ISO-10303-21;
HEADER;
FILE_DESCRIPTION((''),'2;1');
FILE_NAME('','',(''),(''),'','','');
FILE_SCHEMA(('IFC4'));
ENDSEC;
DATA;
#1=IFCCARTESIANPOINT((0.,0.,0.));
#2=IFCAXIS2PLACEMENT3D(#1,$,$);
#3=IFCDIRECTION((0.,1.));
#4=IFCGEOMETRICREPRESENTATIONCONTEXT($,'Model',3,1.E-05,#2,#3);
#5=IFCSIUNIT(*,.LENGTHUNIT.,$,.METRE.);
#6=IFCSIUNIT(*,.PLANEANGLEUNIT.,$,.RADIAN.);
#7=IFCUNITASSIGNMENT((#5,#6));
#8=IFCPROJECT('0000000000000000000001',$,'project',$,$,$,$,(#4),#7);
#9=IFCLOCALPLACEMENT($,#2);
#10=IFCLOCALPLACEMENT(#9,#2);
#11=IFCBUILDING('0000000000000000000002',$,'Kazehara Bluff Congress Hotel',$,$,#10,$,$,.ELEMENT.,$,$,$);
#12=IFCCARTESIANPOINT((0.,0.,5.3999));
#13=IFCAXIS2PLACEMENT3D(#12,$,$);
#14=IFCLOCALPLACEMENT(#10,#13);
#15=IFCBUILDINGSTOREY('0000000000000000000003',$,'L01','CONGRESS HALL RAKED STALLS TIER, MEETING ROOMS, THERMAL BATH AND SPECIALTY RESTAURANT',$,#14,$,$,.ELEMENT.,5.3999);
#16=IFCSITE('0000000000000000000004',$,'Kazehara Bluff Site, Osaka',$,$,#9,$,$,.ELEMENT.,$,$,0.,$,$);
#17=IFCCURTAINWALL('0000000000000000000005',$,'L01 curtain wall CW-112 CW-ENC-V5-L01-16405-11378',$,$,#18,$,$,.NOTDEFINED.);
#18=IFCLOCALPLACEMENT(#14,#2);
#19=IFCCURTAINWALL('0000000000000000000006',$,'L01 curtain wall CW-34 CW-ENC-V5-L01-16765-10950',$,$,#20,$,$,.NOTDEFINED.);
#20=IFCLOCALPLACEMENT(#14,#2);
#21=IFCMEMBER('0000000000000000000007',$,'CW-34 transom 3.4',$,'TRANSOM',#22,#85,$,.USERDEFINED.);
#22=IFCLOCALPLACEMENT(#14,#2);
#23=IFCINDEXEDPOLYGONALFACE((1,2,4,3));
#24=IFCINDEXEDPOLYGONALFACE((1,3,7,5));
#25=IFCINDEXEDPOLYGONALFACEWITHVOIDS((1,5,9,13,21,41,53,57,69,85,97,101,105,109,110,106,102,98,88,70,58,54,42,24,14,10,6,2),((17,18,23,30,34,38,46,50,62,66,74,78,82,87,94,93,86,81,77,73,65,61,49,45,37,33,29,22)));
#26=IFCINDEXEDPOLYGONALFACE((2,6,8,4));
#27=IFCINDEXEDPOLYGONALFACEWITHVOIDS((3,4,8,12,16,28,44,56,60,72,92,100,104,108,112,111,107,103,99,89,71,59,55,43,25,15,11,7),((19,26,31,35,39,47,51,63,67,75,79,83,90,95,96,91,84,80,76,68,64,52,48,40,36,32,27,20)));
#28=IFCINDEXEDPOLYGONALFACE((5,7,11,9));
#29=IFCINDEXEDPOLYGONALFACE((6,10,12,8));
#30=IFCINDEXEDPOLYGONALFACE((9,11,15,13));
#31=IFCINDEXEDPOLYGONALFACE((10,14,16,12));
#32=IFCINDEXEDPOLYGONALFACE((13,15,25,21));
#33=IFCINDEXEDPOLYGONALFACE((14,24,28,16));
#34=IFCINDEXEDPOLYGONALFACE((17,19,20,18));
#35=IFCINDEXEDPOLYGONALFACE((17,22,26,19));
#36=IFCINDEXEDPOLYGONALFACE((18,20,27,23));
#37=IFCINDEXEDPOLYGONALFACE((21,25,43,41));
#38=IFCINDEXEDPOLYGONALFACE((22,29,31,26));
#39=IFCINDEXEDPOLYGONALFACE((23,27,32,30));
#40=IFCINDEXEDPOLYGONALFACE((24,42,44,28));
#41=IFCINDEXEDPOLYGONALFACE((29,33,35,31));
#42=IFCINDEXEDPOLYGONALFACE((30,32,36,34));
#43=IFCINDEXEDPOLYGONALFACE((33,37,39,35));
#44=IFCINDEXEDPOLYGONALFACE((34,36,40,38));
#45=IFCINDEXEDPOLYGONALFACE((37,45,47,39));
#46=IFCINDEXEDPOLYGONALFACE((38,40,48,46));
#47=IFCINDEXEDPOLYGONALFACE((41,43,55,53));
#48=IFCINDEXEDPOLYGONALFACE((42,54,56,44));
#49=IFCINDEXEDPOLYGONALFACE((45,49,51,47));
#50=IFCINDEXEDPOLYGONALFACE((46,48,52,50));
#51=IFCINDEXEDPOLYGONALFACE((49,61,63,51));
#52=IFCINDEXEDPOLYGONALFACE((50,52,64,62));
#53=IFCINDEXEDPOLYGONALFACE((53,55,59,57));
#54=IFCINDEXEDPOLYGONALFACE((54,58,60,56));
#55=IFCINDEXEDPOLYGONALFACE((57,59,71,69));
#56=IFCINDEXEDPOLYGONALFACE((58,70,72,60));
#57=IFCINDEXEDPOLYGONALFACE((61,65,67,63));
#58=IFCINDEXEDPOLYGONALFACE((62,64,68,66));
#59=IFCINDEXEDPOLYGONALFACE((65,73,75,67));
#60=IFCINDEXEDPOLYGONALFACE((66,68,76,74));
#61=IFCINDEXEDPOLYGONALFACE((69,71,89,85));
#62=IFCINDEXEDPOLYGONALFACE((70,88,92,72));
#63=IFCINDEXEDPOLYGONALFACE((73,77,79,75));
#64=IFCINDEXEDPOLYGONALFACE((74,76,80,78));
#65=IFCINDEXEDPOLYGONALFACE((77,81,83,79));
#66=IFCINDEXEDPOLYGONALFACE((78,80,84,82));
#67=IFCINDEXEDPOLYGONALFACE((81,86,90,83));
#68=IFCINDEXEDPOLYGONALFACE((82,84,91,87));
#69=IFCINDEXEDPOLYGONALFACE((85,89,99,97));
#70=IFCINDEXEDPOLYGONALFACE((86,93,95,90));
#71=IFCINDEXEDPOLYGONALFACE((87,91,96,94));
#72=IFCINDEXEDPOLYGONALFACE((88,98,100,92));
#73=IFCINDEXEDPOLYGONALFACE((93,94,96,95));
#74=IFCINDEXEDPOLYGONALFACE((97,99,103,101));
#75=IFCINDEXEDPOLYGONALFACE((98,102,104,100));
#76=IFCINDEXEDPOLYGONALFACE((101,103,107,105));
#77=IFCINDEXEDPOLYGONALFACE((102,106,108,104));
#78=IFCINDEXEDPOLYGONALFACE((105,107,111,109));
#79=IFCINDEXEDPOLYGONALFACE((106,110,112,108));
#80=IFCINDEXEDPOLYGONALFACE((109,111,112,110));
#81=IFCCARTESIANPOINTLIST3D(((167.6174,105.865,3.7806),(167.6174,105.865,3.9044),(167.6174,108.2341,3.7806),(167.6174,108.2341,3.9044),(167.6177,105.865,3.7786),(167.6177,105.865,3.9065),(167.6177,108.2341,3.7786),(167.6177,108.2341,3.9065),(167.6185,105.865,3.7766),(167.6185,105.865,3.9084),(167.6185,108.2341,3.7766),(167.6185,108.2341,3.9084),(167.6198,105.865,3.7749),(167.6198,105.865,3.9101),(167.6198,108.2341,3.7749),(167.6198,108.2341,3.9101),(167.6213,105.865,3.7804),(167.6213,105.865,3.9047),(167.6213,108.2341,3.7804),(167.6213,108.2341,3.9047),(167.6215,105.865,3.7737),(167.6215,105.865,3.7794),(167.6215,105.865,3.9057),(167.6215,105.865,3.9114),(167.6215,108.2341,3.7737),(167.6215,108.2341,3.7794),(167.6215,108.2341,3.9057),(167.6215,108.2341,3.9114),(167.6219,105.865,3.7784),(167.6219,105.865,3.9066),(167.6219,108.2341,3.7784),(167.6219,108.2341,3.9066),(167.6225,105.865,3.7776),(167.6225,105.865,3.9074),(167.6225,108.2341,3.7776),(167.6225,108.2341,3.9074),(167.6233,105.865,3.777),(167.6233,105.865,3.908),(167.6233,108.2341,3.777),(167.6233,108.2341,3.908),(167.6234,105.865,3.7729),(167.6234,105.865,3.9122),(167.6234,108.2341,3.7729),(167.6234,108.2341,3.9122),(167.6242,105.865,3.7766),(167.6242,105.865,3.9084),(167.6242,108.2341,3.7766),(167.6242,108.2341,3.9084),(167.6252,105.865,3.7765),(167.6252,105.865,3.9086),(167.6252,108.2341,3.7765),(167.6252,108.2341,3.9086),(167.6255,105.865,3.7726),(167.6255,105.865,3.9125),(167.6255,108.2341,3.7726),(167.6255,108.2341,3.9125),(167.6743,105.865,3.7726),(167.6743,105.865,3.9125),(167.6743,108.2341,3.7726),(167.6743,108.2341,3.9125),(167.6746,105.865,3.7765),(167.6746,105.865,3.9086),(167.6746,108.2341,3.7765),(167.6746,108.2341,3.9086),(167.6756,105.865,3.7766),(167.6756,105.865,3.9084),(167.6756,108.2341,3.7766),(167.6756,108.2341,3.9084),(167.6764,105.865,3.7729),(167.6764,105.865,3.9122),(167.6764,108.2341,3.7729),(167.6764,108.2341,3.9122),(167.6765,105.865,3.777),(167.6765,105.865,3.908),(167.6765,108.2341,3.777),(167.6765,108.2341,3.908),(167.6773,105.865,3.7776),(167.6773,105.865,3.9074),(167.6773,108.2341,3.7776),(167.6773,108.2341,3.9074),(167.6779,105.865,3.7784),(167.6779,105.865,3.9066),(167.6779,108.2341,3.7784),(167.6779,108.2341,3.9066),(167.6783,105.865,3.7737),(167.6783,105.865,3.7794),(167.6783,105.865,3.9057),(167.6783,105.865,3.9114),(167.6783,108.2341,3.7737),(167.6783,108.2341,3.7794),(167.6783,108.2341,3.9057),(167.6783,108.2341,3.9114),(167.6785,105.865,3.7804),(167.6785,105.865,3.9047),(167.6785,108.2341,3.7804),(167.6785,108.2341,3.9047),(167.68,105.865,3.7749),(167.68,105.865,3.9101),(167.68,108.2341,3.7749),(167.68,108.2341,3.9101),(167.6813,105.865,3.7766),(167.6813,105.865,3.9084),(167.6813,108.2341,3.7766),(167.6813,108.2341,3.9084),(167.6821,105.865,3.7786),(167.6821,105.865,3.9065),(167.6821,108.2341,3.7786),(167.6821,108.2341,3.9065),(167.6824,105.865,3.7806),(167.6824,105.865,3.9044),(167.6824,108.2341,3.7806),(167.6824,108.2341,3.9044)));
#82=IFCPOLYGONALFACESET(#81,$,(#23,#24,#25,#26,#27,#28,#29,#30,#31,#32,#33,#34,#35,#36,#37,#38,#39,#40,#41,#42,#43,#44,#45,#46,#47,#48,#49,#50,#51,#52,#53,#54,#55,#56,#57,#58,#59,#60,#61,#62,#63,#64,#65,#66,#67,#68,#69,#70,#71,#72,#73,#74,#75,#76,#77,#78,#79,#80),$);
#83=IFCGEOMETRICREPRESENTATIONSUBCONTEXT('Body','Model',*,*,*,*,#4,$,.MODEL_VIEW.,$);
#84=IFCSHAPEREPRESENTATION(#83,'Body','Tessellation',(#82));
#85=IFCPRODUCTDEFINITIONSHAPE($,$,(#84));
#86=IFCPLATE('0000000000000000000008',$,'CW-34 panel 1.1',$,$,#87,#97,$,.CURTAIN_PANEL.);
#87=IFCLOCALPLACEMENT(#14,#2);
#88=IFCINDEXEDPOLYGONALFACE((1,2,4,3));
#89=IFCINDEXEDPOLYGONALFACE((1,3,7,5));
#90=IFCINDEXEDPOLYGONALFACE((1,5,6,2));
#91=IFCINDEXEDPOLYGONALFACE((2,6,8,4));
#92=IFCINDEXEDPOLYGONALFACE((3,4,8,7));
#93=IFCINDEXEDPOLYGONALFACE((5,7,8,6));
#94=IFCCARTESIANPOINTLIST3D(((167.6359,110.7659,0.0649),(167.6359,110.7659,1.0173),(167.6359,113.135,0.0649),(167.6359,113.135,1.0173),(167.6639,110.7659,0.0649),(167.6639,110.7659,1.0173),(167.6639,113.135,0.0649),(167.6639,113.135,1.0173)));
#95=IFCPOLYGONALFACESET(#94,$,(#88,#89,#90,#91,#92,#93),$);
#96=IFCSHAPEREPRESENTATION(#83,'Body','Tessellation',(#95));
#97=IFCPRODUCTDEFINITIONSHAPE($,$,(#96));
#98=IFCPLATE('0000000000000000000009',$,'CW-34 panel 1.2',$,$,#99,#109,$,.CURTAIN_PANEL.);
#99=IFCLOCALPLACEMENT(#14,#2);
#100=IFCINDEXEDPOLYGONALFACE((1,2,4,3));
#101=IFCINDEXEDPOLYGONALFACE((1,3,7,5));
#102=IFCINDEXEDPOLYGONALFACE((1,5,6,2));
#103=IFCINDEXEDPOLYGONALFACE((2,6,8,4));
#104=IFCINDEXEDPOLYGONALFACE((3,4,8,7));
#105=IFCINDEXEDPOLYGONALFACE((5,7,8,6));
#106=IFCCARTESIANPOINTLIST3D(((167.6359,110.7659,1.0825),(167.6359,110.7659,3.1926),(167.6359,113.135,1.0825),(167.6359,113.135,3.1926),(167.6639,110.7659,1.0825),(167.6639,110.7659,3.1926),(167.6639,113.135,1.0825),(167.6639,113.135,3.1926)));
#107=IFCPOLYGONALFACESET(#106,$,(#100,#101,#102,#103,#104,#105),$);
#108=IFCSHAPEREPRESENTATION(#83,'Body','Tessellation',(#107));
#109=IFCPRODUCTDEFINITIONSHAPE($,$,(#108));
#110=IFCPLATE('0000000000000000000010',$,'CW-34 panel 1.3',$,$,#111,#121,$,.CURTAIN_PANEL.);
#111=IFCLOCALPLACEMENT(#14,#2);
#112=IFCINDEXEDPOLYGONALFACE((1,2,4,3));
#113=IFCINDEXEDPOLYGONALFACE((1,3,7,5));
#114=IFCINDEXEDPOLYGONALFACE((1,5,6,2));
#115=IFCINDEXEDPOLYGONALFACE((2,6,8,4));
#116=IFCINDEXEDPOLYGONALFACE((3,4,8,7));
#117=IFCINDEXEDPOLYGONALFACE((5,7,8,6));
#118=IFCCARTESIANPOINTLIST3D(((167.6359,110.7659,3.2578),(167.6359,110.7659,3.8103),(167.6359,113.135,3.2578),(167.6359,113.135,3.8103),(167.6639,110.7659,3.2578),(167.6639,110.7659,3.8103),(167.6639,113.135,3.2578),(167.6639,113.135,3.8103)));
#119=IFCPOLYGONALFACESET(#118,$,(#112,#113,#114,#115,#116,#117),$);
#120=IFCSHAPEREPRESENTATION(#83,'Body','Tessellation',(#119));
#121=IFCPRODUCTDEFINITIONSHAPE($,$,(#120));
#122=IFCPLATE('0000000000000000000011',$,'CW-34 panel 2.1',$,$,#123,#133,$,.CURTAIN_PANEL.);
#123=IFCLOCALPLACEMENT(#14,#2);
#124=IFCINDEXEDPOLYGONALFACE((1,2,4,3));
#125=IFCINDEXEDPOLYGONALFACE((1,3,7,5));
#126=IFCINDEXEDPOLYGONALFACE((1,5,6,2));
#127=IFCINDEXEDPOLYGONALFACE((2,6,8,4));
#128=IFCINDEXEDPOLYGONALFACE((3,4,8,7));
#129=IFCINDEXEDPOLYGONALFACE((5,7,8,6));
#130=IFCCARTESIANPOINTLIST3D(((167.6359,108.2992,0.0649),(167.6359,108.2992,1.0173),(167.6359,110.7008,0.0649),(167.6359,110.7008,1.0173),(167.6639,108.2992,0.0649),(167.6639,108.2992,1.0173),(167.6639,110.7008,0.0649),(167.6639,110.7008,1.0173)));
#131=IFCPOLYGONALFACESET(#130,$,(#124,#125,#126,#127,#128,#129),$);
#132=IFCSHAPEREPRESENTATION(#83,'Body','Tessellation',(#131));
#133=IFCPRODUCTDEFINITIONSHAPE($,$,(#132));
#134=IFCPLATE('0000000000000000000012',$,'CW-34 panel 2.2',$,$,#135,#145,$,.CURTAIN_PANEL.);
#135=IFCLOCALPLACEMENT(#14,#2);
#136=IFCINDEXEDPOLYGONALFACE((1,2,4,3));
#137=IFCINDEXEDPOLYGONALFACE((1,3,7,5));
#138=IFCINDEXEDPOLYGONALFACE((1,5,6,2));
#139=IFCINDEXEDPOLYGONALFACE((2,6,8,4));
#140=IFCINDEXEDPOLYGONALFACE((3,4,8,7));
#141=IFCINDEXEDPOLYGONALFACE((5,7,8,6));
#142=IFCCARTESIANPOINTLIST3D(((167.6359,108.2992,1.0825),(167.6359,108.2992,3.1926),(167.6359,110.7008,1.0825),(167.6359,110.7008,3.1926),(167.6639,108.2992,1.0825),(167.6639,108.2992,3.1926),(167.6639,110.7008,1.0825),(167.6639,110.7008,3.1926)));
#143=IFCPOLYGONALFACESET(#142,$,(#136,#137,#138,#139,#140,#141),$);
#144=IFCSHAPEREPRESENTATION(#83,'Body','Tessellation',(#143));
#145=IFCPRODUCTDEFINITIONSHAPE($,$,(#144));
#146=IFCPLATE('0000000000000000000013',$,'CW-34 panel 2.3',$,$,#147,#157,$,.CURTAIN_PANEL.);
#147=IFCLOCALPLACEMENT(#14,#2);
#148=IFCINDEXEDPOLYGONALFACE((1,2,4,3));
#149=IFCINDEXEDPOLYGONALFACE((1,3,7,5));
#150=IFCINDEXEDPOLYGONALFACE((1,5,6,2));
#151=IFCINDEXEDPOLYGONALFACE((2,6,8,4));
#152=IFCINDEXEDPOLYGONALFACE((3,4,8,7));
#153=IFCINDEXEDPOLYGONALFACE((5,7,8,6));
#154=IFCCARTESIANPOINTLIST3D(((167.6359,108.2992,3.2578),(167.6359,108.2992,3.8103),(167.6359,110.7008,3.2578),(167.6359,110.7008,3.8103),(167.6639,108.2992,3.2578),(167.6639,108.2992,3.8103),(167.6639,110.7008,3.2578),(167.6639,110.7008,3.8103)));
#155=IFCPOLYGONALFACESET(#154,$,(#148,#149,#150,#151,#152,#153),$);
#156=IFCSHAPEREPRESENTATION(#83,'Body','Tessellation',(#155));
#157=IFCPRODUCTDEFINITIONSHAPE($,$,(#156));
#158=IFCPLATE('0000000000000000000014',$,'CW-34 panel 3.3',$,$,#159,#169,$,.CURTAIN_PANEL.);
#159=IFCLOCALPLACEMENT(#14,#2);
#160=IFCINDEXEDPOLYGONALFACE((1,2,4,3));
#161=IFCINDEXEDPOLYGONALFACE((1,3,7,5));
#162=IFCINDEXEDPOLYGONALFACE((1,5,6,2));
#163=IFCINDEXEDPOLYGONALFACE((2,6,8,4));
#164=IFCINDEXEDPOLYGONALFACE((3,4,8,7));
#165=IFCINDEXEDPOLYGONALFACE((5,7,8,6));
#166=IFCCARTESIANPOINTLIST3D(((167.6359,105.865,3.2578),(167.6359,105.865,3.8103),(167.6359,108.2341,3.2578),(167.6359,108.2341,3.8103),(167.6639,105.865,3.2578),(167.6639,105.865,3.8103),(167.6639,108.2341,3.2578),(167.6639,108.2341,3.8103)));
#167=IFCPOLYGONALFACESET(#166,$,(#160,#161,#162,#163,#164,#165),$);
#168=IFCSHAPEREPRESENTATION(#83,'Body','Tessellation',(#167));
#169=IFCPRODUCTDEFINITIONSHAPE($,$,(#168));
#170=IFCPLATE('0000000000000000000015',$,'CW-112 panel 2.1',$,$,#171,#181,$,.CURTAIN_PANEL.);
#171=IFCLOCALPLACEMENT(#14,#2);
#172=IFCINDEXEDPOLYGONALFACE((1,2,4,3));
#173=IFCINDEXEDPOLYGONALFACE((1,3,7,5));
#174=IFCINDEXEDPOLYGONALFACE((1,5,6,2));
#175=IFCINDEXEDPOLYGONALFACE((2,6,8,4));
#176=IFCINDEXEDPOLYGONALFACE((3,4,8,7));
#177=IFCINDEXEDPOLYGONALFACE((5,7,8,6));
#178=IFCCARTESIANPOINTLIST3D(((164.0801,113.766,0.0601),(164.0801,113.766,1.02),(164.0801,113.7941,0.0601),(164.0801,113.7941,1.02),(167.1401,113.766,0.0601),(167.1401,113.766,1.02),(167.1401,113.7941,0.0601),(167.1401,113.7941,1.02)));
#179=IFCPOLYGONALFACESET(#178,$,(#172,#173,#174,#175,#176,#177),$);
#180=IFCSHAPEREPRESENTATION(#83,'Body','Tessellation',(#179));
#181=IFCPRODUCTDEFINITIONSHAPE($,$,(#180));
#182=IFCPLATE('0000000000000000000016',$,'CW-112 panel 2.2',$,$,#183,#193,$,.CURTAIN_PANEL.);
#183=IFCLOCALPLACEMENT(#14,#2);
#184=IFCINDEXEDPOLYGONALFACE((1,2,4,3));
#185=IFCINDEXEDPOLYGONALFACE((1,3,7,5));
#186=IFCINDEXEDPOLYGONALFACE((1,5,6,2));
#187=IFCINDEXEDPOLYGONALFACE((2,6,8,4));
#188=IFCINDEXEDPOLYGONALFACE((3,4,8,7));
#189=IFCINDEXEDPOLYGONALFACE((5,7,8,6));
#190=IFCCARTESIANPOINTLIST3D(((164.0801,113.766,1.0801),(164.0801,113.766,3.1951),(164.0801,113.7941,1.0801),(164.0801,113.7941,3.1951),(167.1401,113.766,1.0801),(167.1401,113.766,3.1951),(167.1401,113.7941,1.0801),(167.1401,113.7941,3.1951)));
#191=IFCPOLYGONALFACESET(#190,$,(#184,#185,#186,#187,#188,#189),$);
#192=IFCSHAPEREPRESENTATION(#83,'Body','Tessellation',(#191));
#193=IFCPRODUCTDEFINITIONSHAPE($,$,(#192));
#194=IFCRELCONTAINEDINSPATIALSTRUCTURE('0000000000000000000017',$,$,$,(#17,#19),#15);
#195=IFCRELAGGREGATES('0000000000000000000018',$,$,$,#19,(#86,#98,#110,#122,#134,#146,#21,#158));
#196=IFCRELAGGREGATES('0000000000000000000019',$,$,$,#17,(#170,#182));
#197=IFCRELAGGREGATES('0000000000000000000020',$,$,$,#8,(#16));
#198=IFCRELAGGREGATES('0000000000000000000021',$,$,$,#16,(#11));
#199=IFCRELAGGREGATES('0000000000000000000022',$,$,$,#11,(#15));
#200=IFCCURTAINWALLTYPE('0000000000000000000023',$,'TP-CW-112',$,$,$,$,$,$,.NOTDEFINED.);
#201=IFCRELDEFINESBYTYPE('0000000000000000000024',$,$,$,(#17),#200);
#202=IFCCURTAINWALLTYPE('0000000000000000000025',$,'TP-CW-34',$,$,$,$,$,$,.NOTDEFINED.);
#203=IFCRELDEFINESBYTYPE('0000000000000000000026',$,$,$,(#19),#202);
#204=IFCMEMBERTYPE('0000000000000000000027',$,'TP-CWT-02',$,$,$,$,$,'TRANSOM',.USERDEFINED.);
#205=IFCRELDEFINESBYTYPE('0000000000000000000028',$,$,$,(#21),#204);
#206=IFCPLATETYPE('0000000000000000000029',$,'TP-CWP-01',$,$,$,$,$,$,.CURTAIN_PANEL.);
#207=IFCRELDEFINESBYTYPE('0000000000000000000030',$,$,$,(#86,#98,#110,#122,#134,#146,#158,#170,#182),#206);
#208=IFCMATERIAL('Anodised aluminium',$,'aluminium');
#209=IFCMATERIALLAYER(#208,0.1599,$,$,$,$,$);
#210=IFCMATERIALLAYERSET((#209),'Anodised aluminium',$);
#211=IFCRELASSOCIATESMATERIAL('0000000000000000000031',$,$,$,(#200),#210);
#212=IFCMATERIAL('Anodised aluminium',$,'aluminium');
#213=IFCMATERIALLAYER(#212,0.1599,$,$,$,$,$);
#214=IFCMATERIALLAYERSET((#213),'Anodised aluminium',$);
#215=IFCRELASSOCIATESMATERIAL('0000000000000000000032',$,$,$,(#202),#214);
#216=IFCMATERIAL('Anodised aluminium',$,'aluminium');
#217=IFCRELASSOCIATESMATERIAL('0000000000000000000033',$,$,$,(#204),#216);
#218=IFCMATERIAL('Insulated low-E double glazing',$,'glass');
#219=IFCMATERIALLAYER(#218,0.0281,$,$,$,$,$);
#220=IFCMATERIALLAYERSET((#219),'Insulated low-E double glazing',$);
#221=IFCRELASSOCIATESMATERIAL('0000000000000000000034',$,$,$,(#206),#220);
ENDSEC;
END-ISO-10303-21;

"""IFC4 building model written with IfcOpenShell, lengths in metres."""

from ifc_helpers import new_model, si_unit, direction, frame, origin, origin_2d, place, context, subcontext, project, spatial, rectangle, hollow_rectangle, extrude, material, layer, layer_set, material_profile, profile_set, type_object, element, aggregate, save


model = new_model("IFC4")

# Units and contexts
model_context = context("Model", 3, precision=1e-05, world=origin(), true_north=direction((0.0, 1.0)))
body_context = subcontext(model_context, "Body", "Model", "MODEL_VIEW")
ifc_project = project(units=[si_unit("LENGTHUNIT", "METRE"), si_unit("PLANEANGLEUNIT", "RADIAN")], contexts=[model_context])

# Site, building, storey
site_placement = place(None, origin())
site = spatial("IfcSite", under=ifc_project, at=site_placement, Name="Kazehara Bluff Site, Osaka", CompositionType="ELEMENT", RefElevation=0.0)
building_placement = place(site_placement, origin())
building = spatial("IfcBuilding", under=site, at=building_placement, Name="Kazehara Bluff Congress Hotel", CompositionType="ELEMENT")
storey_placement = place(building_placement, frame((0.0, 0.0, 5.3999)))
storey = spatial("IfcBuildingStorey", under=building, at=storey_placement, Name="L01", Description="CONGRESS HALL RAKED STALLS TIER, MEETING ROOMS, THERMAL BATH AND SPECIALTY RESTAURANT", CompositionType="ELEMENT", Elevation=5.3999)

# Curtain wall
ifc_material_1 = material(Name="Anodised aluminium", Category="aluminium")
ifc_layer_1 = layer(ifc_material_1, 0.1599)
ifc_layer_set_1 = layer_set([ifc_layer_1], Name="Anodised aluminium")
curtain_wall_type_1 = type_object("IfcCurtainWallType", Name="TP-CW-112", PredefinedType="NOTDEFINED", material=ifc_layer_set_1)
curtain_wall_1_placement = place(storey_placement, origin())
curtain_wall_1 = element("IfcCurtainWall", 1, at=curtain_wall_1_placement, inside=storey, type_object=curtain_wall_type_1, Name="L01 curtain wall CW-112 CW-ENC-V5-L01-16405-11378", PredefinedType="NOTDEFINED")

# Curtain wall
ifc_material_2 = material(Name="Anodised aluminium", Category="aluminium")
ifc_layer_2 = layer(ifc_material_2, 0.1599)
ifc_layer_set_2 = layer_set([ifc_layer_2], Name="Anodised aluminium")
curtain_wall_type_2 = type_object("IfcCurtainWallType", Name="TP-CW-34", PredefinedType="NOTDEFINED", material=ifc_layer_set_2)
curtain_wall_2_placement = place(storey_placement, origin())
curtain_wall_2 = element("IfcCurtainWall", 2, at=curtain_wall_2_placement, inside=storey, type_object=curtain_wall_type_2, Name="L01 curtain wall CW-34 CW-ENC-V5-L01-16765-10950", PredefinedType="NOTDEFINED")

# Member
ifc_material_3 = material(Name="Anodised aluminium", Category="aluminium")
ifc_material_profile_1 = material_profile(ifc_material_3, hollow_rectangle(XDim=0.0649, YDim=0.1399, WallThickness=0.0039, InnerFilletRadius=0.0039, OuterFilletRadius=0.0081, at=origin_2d()))
ifc_profile_set_1 = profile_set([ifc_material_profile_1], Name="Anodised aluminium")
member_type_1 = type_object("IfcMemberType", Name="TP-CWT-02", ElementType="TRANSOM", PredefinedType="USERDEFINED", material=ifc_profile_set_1)
member_1_placement = place(storey_placement, frame((167.6499, 108.2341, 3.8425), z_axis=(0.0, -1.0, 0.0), x_axis=(1.0, 0.0, 0.0)))
member_1 = element("IfcMember", 3, at=member_1_placement, type_object=member_type_1, Name="CW-34 transom 3.4", ObjectType="TRANSOM", PredefinedType="USERDEFINED", context=body_context, shape_type="SweptSolid", body=[
    extrude(hollow_rectangle(XDim=0.0649, YDim=0.1399, WallThickness=0.0039, InnerFilletRadius=0.0039, OuterFilletRadius=0.0081, at=origin_2d()), origin(), (0.0, 0.0, 1.0), 2.3691),
])

# Plates
ifc_material_4 = material(Name="Insulated low-E double glazing", Category="glass")
ifc_layer_3 = layer(ifc_material_4, 0.0281)
ifc_layer_set_3 = layer_set([ifc_layer_3], Name="Insulated low-E double glazing")
plate_type = type_object("IfcPlateType", Name="TP-CWP-01", PredefinedType="CURTAIN_PANEL", material=ifc_layer_set_3)
plate_1_placement = place(storey_placement, frame((167.6499, 111.9504, 0.0649), z_axis=(0.0, 0.0, 1.0), x_axis=(0.0, -1.0, 0.0)))
plate_1 = element("IfcPlate", 4, at=plate_1_placement, type_object=plate_type, Name="CW-34 panel 1.1", PredefinedType="CURTAIN_PANEL", context=body_context, shape_type="SweptSolid", body=[
    extrude(rectangle(XDim=2.3691, YDim=0.0281, at=origin_2d()), origin(), (0.0, 0.0, 1.0), 0.9524),
])
plate_2_placement = place(storey_placement, frame((167.6499, 111.9504, 1.0825), z_axis=(0.0, 0.0, 1.0), x_axis=(0.0, -1.0, 0.0)))
plate_2 = element("IfcPlate", 5, at=plate_2_placement, type_object=plate_type, Name="CW-34 panel 1.2", PredefinedType="CURTAIN_PANEL", context=body_context, shape_type="SweptSolid", body=[
    extrude(rectangle(XDim=2.3691, YDim=0.0281, at=origin_2d()), origin(), (0.0, 0.0, 1.0), 2.1101),
])
plate_3_placement = place(storey_placement, frame((167.6499, 111.9504, 3.2578), z_axis=(0.0, 0.0, 1.0), x_axis=(0.0, -1.0, 0.0)))
plate_3 = element("IfcPlate", 6, at=plate_3_placement, type_object=plate_type, Name="CW-34 panel 1.3", PredefinedType="CURTAIN_PANEL", context=body_context, shape_type="SweptSolid", body=[
    extrude(rectangle(XDim=2.3691, YDim=0.0281, at=origin_2d()), origin(), (0.0, 0.0, 1.0), 0.5525),
])
plate_4_placement = place(storey_placement, frame((167.6499, 109.5, 0.0649), z_axis=(0.0, 0.0, 1.0), x_axis=(0.0, -1.0, 0.0)))
plate_4 = element("IfcPlate", 7, at=plate_4_placement, type_object=plate_type, Name="CW-34 panel 2.1", PredefinedType="CURTAIN_PANEL", context=body_context, shape_type="SweptSolid", body=[
    extrude(rectangle(XDim=2.4016, YDim=0.0281, at=origin_2d()), origin(), (0.0, 0.0, 1.0), 0.9524),
])
plate_5_placement = place(storey_placement, frame((167.6499, 109.5, 1.0825), z_axis=(0.0, 0.0, 1.0), x_axis=(0.0, -1.0, 0.0)))
plate_5 = element("IfcPlate", 8, at=plate_5_placement, type_object=plate_type, Name="CW-34 panel 2.2", PredefinedType="CURTAIN_PANEL", context=body_context, shape_type="SweptSolid", body=[
    extrude(rectangle(XDim=2.4016, YDim=0.0281, at=origin_2d()), origin(), (0.0, 0.0, 1.0), 2.1101),
])
plate_6_placement = place(storey_placement, frame((167.6499, 109.5, 3.2578), z_axis=(0.0, 0.0, 1.0), x_axis=(0.0, -1.0, 0.0)))
plate_6 = element("IfcPlate", 9, at=plate_6_placement, type_object=plate_type, Name="CW-34 panel 2.3", PredefinedType="CURTAIN_PANEL", context=body_context, shape_type="SweptSolid", body=[
    extrude(rectangle(XDim=2.4016, YDim=0.0281, at=origin_2d()), origin(), (0.0, 0.0, 1.0), 0.5525),
])
plate_7_placement = place(storey_placement, frame((167.6499, 107.0496, 3.2578), z_axis=(0.0, 0.0, 1.0), x_axis=(0.0, -1.0, 0.0)))
plate_7 = element("IfcPlate", 10, at=plate_7_placement, type_object=plate_type, Name="CW-34 panel 3.3", PredefinedType="CURTAIN_PANEL", context=body_context, shape_type="SweptSolid", body=[
    extrude(rectangle(XDim=2.3691, YDim=0.0281, at=origin_2d()), origin(), (0.0, 0.0, 1.0), 0.5525),
])
aggregate(curtain_wall_2, [plate_1, plate_2, plate_3, plate_4, plate_5, plate_6, member_1, plate_7])
plate_8_placement = place(storey_placement, frame((165.6101, 113.78, 0.0601), z_axis=(0.0, 0.0, 1.0), x_axis=(1.0, 0.0, 0.0)))
plate_8 = element("IfcPlate", 11, at=plate_8_placement, type_object=plate_type, Name="CW-112 panel 2.1", PredefinedType="CURTAIN_PANEL", context=body_context, shape_type="SweptSolid", body=[
    extrude(rectangle(XDim=3.0601, YDim=0.0281, at=origin_2d()), origin(), (0.0, 0.0, 1.0), 0.96),
])
plate_9_placement = place(storey_placement, frame((165.6101, 113.78, 1.0801), z_axis=(0.0, 0.0, 1.0), x_axis=(1.0, 0.0, 0.0)))
plate_9 = element("IfcPlate", 12, at=plate_9_placement, type_object=plate_type, Name="CW-112 panel 2.2", PredefinedType="CURTAIN_PANEL", context=body_context, shape_type="SweptSolid", body=[
    extrude(rectangle(XDim=3.0601, YDim=0.0281, at=origin_2d()), origin(), (0.0, 0.0, 1.0), 2.115),
])
aggregate(curtain_wall_1, [plate_8, plate_9])

save(model, "model.ifc")
